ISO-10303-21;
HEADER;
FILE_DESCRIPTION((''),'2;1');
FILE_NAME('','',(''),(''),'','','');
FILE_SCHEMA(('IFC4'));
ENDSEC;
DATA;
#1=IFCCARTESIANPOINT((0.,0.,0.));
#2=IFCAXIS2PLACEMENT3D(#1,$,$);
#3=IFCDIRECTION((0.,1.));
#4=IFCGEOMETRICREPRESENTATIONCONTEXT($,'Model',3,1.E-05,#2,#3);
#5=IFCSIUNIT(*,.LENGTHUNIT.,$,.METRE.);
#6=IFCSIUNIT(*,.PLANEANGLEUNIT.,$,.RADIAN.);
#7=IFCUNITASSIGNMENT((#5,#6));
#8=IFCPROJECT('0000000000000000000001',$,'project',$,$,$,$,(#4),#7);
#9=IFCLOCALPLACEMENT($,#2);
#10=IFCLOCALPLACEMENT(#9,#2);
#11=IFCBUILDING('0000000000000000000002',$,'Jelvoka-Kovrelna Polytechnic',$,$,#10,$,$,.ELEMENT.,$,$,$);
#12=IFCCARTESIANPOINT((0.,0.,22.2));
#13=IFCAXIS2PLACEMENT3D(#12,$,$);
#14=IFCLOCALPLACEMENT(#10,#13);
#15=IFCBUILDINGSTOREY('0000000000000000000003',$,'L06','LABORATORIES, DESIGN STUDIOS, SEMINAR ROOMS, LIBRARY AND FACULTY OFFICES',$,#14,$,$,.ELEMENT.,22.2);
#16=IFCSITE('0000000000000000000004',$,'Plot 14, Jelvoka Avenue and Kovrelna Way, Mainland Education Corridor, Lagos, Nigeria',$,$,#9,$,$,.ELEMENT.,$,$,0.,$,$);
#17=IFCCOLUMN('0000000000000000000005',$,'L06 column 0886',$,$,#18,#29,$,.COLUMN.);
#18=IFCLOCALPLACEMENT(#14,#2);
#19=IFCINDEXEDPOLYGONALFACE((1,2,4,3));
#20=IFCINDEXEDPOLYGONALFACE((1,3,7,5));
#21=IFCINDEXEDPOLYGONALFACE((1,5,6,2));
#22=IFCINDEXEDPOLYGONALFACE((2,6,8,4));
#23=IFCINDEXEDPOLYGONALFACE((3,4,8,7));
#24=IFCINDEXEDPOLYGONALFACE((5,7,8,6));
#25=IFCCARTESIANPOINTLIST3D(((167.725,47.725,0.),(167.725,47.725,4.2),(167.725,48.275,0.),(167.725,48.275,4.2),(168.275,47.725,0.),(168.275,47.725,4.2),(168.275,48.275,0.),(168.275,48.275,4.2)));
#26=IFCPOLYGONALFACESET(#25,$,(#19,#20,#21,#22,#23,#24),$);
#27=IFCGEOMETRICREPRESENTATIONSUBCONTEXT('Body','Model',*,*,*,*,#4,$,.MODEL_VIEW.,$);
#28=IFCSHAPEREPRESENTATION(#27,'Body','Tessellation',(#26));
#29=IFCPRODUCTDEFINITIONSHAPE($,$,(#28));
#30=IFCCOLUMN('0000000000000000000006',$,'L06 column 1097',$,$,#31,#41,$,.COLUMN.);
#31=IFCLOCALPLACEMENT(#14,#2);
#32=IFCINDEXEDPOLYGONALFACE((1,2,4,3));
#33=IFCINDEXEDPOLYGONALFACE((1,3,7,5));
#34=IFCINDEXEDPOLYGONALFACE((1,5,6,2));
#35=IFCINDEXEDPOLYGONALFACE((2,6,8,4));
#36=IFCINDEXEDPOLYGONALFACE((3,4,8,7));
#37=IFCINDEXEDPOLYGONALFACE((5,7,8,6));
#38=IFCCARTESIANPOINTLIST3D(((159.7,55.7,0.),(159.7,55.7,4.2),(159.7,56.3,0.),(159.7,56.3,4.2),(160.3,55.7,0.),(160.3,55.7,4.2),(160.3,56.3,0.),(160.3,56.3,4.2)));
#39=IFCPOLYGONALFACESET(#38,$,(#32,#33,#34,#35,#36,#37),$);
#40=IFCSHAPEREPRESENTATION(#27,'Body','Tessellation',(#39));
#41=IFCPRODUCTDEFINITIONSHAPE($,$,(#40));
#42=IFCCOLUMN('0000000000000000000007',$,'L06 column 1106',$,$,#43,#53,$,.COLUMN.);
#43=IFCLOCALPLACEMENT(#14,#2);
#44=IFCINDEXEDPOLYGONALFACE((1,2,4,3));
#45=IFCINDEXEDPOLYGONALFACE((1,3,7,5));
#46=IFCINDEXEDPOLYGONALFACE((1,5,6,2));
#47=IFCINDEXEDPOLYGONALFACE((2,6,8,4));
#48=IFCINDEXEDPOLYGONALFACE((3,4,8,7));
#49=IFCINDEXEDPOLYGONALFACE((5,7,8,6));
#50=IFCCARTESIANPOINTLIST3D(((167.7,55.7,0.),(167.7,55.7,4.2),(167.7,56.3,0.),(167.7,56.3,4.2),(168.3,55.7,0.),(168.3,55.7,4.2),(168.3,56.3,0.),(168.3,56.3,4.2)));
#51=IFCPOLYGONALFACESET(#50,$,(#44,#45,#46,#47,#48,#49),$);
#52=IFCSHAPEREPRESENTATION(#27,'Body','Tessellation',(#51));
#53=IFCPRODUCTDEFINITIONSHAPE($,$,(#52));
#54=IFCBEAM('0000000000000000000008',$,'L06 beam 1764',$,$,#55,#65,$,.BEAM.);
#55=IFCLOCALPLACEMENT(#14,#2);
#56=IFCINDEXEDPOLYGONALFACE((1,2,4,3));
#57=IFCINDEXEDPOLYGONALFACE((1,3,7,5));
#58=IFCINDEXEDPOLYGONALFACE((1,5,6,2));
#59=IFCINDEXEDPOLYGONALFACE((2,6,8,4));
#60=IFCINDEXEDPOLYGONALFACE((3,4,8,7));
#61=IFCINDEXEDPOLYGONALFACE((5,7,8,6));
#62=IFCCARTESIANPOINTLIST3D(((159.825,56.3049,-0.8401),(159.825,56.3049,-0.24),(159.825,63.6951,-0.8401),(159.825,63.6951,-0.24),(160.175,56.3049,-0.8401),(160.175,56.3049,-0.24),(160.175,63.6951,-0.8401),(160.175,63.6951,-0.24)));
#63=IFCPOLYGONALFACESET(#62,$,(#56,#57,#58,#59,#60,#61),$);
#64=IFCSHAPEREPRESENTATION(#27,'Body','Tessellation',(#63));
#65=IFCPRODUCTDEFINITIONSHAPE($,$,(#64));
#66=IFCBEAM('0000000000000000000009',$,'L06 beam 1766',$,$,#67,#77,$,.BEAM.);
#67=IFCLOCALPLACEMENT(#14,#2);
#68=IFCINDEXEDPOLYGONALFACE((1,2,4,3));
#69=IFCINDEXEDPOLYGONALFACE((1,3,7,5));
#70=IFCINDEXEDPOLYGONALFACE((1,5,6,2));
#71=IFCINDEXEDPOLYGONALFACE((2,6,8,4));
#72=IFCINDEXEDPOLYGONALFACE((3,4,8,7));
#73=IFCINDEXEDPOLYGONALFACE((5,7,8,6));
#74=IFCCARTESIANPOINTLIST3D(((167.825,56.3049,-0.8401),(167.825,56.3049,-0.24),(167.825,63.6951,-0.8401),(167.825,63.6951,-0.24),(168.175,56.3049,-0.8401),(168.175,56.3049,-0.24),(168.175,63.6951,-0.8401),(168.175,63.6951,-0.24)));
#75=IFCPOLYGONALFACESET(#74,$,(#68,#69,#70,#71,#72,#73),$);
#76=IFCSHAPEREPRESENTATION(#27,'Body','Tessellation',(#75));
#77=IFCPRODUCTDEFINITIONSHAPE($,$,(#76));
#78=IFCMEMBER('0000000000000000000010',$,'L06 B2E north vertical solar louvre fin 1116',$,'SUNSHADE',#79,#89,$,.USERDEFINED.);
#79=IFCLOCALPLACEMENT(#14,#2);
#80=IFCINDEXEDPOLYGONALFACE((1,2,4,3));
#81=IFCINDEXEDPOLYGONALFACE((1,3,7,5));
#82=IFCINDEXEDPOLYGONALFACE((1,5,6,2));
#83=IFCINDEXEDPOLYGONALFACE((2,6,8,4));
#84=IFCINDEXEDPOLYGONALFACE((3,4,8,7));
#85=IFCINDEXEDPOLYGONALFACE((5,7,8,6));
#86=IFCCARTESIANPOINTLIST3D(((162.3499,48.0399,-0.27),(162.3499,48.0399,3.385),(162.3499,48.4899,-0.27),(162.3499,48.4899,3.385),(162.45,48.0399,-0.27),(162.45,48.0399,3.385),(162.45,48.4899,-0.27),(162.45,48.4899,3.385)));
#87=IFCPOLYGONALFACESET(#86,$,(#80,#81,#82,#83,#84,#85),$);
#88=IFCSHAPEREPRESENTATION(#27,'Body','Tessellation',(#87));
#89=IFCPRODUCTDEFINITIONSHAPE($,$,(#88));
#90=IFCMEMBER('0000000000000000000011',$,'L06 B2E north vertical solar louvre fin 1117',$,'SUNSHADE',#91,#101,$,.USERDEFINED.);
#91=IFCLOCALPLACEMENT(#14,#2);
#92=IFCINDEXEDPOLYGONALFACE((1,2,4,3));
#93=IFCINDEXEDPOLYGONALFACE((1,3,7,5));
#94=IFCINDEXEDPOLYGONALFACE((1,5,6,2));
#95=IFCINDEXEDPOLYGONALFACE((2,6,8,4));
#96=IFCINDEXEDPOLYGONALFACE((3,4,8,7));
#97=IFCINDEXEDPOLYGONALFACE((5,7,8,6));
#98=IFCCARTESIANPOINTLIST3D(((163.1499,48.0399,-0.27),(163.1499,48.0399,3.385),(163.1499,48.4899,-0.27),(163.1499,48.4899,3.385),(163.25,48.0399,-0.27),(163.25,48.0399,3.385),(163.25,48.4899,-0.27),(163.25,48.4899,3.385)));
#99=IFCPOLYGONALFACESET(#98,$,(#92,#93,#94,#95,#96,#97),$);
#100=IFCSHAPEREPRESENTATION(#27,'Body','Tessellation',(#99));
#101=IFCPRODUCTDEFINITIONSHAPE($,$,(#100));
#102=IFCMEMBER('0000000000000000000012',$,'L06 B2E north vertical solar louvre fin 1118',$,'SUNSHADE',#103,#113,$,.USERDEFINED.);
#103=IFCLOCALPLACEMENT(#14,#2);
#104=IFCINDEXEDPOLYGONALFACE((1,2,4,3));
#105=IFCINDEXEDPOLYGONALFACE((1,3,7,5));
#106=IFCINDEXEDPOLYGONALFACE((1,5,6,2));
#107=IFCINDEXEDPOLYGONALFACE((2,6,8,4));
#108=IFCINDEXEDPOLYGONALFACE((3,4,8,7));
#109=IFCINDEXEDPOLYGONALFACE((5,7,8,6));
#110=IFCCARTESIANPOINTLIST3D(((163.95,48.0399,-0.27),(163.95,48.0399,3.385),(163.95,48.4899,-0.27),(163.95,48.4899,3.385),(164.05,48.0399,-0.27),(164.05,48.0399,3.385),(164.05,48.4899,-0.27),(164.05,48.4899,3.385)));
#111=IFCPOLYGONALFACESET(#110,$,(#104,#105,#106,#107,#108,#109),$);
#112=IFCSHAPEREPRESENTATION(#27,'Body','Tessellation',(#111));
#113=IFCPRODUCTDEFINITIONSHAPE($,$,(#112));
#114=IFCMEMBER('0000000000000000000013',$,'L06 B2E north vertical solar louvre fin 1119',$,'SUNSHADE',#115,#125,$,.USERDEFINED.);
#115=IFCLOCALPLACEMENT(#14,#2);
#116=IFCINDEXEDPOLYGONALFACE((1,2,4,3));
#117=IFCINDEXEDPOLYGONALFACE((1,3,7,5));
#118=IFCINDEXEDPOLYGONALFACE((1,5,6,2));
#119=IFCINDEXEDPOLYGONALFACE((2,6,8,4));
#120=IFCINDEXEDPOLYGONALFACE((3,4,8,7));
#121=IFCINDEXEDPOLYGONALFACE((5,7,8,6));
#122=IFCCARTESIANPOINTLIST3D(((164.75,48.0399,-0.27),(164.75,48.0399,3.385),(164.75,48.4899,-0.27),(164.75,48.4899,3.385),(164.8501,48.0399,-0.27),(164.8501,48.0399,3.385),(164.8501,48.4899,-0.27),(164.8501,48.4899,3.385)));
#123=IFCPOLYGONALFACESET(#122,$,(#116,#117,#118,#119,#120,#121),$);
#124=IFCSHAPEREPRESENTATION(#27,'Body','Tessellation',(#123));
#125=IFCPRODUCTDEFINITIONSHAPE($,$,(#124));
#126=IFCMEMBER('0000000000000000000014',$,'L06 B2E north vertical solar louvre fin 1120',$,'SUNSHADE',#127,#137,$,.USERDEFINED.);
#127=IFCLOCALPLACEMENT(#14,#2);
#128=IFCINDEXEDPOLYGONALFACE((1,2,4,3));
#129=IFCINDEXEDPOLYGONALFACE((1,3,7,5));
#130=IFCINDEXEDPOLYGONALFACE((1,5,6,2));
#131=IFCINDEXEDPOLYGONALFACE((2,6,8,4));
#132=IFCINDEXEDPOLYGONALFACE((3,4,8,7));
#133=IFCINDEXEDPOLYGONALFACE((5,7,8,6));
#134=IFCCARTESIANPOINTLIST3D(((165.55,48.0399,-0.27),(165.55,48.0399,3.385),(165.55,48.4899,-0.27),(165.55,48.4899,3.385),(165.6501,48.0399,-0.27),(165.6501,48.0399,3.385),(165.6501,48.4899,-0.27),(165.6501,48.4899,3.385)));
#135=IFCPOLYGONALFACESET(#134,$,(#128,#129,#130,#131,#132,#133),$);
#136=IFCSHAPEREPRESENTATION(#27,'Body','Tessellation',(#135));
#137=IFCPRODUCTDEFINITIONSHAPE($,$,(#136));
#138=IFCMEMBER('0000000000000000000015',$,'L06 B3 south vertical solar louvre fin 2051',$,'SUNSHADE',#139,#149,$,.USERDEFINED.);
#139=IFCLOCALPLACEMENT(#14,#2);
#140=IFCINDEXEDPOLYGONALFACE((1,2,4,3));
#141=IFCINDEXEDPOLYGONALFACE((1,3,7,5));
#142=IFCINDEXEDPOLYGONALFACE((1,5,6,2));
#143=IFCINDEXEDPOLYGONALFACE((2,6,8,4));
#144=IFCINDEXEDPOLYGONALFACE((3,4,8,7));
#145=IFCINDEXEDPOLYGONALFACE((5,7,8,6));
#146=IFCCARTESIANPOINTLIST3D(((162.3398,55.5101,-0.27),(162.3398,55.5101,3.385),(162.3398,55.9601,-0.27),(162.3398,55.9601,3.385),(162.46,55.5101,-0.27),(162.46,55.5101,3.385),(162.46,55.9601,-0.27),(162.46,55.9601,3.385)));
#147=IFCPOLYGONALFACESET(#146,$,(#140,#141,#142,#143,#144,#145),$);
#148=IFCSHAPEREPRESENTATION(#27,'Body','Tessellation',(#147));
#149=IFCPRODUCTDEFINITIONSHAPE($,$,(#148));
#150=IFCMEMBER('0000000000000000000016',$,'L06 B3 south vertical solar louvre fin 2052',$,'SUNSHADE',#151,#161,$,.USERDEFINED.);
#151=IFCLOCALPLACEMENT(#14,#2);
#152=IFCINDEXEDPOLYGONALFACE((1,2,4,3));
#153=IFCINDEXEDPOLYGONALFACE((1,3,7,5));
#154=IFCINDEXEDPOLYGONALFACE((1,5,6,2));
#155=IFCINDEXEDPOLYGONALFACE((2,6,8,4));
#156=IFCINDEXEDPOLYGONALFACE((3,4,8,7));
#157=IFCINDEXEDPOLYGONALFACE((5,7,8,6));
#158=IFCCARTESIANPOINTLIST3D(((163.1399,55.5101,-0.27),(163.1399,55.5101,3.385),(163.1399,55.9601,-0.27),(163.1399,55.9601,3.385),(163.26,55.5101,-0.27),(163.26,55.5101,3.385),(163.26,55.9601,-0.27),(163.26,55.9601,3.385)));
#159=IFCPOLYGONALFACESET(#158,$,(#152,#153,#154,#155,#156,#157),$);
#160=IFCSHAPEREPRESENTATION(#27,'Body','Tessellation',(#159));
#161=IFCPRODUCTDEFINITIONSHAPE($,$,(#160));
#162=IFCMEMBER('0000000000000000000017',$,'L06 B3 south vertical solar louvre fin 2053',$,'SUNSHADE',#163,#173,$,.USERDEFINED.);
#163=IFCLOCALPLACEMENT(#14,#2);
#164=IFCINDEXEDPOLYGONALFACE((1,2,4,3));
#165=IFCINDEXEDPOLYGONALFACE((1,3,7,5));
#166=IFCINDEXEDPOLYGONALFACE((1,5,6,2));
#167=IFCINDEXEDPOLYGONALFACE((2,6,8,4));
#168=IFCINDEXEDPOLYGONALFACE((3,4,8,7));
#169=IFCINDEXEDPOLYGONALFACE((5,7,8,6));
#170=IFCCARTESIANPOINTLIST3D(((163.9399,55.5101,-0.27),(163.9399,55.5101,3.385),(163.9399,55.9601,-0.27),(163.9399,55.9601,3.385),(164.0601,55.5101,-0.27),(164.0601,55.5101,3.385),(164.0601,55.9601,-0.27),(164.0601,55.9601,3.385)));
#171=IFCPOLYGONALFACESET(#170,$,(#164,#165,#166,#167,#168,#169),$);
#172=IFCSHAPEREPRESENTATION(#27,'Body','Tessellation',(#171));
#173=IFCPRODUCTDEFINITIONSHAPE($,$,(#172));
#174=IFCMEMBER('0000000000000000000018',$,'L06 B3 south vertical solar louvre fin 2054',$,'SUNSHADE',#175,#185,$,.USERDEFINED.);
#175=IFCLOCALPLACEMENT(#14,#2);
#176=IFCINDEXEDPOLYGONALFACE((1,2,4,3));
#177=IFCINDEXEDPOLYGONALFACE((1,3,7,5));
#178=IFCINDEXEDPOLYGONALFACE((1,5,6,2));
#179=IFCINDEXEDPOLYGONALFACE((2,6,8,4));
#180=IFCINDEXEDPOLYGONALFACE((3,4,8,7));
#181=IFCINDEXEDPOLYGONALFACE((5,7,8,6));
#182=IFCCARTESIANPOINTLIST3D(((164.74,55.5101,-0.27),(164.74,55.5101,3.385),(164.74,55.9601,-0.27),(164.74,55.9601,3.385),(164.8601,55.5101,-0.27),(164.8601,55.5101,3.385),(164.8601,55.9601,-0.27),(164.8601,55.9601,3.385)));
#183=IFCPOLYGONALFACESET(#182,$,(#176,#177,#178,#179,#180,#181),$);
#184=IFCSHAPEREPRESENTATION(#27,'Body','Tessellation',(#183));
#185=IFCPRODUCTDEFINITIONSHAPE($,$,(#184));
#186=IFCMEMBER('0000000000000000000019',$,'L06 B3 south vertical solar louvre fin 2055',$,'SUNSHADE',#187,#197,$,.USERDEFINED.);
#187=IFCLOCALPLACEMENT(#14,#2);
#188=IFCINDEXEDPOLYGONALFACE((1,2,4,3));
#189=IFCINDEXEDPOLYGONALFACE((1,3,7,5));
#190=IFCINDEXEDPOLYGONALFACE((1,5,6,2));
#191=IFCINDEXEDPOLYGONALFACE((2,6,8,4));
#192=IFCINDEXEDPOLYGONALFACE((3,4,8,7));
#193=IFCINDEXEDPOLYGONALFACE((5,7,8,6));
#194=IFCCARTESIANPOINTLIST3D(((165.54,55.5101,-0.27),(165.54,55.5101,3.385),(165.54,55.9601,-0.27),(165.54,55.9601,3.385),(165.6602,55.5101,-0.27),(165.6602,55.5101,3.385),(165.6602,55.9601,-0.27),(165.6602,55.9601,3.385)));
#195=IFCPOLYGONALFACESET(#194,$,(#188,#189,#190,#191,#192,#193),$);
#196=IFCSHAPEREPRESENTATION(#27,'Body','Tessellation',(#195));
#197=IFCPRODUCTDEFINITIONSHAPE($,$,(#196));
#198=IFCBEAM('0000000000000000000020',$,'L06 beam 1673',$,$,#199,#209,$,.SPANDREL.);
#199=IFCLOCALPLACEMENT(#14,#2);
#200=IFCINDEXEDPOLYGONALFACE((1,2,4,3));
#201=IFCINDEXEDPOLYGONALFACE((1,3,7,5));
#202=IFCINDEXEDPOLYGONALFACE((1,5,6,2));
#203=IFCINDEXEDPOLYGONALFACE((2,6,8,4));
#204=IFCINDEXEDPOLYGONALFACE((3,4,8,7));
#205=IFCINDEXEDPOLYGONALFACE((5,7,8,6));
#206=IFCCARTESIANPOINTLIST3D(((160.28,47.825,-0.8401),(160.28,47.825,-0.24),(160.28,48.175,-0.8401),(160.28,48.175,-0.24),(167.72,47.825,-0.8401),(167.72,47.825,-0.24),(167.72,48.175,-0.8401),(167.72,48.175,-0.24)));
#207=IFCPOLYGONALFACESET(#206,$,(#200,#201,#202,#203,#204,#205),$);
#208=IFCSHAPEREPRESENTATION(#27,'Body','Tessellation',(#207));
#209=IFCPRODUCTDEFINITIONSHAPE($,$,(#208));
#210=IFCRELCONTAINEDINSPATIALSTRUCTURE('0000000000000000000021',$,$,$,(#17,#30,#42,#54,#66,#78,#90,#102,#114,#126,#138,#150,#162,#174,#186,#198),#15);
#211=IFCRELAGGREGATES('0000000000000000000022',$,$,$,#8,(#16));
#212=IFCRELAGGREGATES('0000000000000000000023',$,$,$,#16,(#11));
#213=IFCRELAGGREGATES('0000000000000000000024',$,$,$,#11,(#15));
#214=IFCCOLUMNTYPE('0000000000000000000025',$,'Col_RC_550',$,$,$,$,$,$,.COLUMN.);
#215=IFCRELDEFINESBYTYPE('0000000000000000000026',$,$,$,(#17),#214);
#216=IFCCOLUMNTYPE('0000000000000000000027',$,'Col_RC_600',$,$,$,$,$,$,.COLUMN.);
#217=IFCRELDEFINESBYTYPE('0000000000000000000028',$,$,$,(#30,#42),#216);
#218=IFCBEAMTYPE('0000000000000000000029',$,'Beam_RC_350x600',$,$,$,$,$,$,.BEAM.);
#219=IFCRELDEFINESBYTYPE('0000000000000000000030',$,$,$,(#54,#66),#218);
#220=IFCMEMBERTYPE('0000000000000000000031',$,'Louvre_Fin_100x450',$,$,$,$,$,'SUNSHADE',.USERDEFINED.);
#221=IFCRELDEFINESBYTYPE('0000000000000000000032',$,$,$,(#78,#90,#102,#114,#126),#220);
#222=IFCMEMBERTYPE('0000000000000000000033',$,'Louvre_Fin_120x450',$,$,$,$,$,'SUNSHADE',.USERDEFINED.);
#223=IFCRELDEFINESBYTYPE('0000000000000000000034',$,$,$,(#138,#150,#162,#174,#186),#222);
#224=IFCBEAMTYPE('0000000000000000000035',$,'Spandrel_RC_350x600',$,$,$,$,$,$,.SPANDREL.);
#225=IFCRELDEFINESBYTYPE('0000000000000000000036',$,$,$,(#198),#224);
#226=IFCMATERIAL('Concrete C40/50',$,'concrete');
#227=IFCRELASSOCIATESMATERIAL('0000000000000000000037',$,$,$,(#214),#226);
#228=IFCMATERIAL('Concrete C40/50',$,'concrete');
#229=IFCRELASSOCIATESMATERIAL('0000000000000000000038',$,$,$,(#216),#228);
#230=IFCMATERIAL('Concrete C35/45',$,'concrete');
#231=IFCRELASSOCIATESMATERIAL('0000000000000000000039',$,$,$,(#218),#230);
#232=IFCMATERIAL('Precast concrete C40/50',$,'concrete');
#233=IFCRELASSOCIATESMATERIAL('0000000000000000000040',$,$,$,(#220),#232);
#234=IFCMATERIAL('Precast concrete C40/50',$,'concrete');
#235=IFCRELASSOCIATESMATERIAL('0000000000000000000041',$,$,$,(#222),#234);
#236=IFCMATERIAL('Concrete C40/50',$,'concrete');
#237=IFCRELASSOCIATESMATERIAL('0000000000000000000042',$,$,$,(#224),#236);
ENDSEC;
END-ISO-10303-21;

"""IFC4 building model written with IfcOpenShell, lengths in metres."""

from ifc_helpers import new_model, si_unit, direction, frame, origin, origin_2d, place, context, subcontext, project, spatial, rectangle, extrude, material, material_profile, profile_set, type_object, element, save


model = new_model("IFC4")

# Units and contexts
model_context = context("Model", 3, precision=1e-05, world=origin(), true_north=direction((0.0, 1.0)))
body_context = subcontext(model_context, "Body", "Model", "MODEL_VIEW")
ifc_project = project(units=[si_unit("LENGTHUNIT", "METRE"), si_unit("PLANEANGLEUNIT", "RADIAN")], contexts=[model_context])

# Site, building, storey
site_placement = place(None, origin())
site = spatial("IfcSite", under=ifc_project, at=site_placement, Name="Plot 14, Jelvoka Avenue and Kovrelna Way, Mainland Education Corridor, Lagos, Nigeria", CompositionType="ELEMENT", RefElevation=0.0)
building_placement = place(site_placement, origin())
building = spatial("IfcBuilding", under=site, at=building_placement, Name="Jelvoka-Kovrelna Polytechnic", CompositionType="ELEMENT")
storey_placement = place(building_placement, frame((0.0, 0.0, 22.2)))
storey = spatial("IfcBuildingStorey", under=building, at=storey_placement, Name="L06", Description="LABORATORIES, DESIGN STUDIOS, SEMINAR ROOMS, LIBRARY AND FACULTY OFFICES", CompositionType="ELEMENT", Elevation=22.2)

# Columns
ifc_material_1 = material(Name="Concrete C40/50", Category="concrete")
ifc_material_profile_1 = material_profile(ifc_material_1, rectangle(XDim=0.55, YDim=0.55, at=origin_2d()), Name="RC 550x550")
ifc_profile_set_1 = profile_set([ifc_material_profile_1], Name="Concrete C40/50")
column_type_1 = type_object("IfcColumnType", Name="Col_RC_550", PredefinedType="COLUMN", material=ifc_profile_set_1)
column_placement = place(storey_placement, frame((168.0, 48.0, 0.0), z_axis=(0.0, 0.0, 1.0), x_axis=(1.0, 0.0, 0.0)))
element("IfcColumn", 1, at=column_placement, inside=storey, type_object=column_type_1, Name="L06 column 0886", PredefinedType="COLUMN", context=body_context, shape_type="SweptSolid", body=[
    extrude(rectangle(XDim=0.55, YDim=0.55, at=origin_2d()), origin(), (0.0, 0.0, 1.0), 4.2),
])
ifc_material_2 = material(Name="Concrete C40/50", Category="concrete")
ifc_material_profile_2 = material_profile(ifc_material_2, rectangle(XDim=0.6001, YDim=0.6001, at=origin_2d()), Name="RC 600x600")
ifc_profile_set_2 = profile_set([ifc_material_profile_2], Name="Concrete C40/50")
column_type_2 = type_object("IfcColumnType", Name="Col_RC_600", PredefinedType="COLUMN", material=ifc_profile_set_2)
for number, where, z_axis, x_axis, name in (
    (2, (160.0, 56.0, 0.0), (0.0, 0.0, 1.0), (1.0, 0.0, 0.0), "L06 column 1097"),
    (3, (168.0, 56.0, 0.0), (0.0, 0.0, 1.0), (1.0, 0.0, 0.0), "L06 column 1106"),
):
    element("IfcColumn", number, at=place(storey_placement, frame(where, z_axis=z_axis, x_axis=x_axis)), inside=storey, type_object=column_type_2, Name=name, PredefinedType="COLUMN", context=body_context, shape_type="SweptSolid", body=[
        extrude(rectangle(XDim=0.6001, YDim=0.6001, at=origin_2d()), origin(), (0.0, 0.0, 1.0), 4.2),
    ])

# Beams
ifc_material_3 = material(Name="Concrete C35/45", Category="concrete")
ifc_material_profile_3 = material_profile(ifc_material_3, rectangle(XDim=0.3501, YDim=0.6001, at=origin_2d()), Name="RC 350x600")
ifc_profile_set_3 = profile_set([ifc_material_profile_3], Name="Concrete C35/45")
beam_type_1 = type_object("IfcBeamType", Name="Beam_RC_350x600", PredefinedType="BEAM", material=ifc_profile_set_3)
for number, where, z_axis, x_axis, name in (
    (4, (160.0, 56.3049, -0.54), (0.0, 1.0, 0.0), (-1.0, 0.0, 0.0), "L06 beam 1764"),
    (5, (168.0, 56.3049, -0.54), (0.0, 1.0, 0.0), (-1.0, 0.0, 0.0), "L06 beam 1766"),
):
    element("IfcBeam", number, at=place(storey_placement, frame(where, z_axis=z_axis, x_axis=x_axis)), inside=storey, type_object=beam_type_1, Name=name, PredefinedType="BEAM", context=body_context, shape_type="SweptSolid", body=[
        extrude(rectangle(XDim=0.3501, YDim=0.6001, at=origin_2d()), origin(), (0.0, 0.0, 1.0), 7.3901),
    ])

# Members
ifc_material_4 = material(Name="Precast concrete C40/50", Category="concrete")
ifc_material_profile_4 = material_profile(ifc_material_4, rectangle(XDim=0.1001, YDim=0.45, at=origin_2d()), Name="PC 100x450")
ifc_profile_set_4 = profile_set([ifc_material_profile_4], Name="Precast concrete C40/50")
member_type_1 = type_object("IfcMemberType", Name="Louvre_Fin_100x450", ElementType="SUNSHADE", PredefinedType="USERDEFINED", material=ifc_profile_set_4)
for number, where, z_axis, x_axis, name in (
    (6, (162.3999, 48.2649, -0.27), (0.0, 0.0, 1.0), (1.0, 0.0, 0.0), "L06 B2E north vertical solar louvre fin 1116"),
    (7, (163.2, 48.2649, -0.27), (0.0, 0.0, 1.0), (1.0, 0.0, 0.0), "L06 B2E north vertical solar louvre fin 1117"),
    (8, (164.0, 48.2649, -0.27), (0.0, 0.0, 1.0), (1.0, 0.0, 0.0), "L06 B2E north vertical solar louvre fin 1118"),
    (9, (164.8, 48.2649, -0.27), (0.0, 0.0, 1.0), (1.0, 0.0, 0.0), "L06 B2E north vertical solar louvre fin 1119"),
    (10, (165.6001, 48.2649, -0.27), (0.0, 0.0, 1.0), (1.0, 0.0, 0.0), "L06 B2E north vertical solar louvre fin 1120"),
):
    element("IfcMember", number, at=place(storey_placement, frame(where, z_axis=z_axis, x_axis=x_axis)), inside=storey, type_object=member_type_1, Name=name, ObjectType="SUNSHADE", PredefinedType="USERDEFINED", context=body_context, shape_type="SweptSolid", body=[
        extrude(rectangle(XDim=0.1001, YDim=0.45, at=origin_2d()), origin(), (0.0, 0.0, 1.0), 3.655),
    ])
ifc_material_5 = material(Name="Precast concrete C40/50", Category="concrete")
ifc_material_profile_5 = material_profile(ifc_material_5, rectangle(XDim=0.1201, YDim=0.45, at=origin_2d()), Name="PC 120x450")
ifc_profile_set_5 = profile_set([ifc_material_profile_5], Name="Precast concrete C40/50")
member_type_2 = type_object("IfcMemberType", Name="Louvre_Fin_120x450", ElementType="SUNSHADE", PredefinedType="USERDEFINED", material=ifc_profile_set_5)
for number, where, z_axis, x_axis, name in (
    (11, (162.3999, 55.7351, -0.27), (0.0, 0.0, 1.0), (1.0, 0.0, 0.0), "L06 B3 south vertical solar louvre fin 2051"),
    (12, (163.2, 55.7351, -0.27), (0.0, 0.0, 1.0), (1.0, 0.0, 0.0), "L06 B3 south vertical solar louvre fin 2052"),
    (13, (164.0, 55.7351, -0.27), (0.0, 0.0, 1.0), (1.0, 0.0, 0.0), "L06 B3 south vertical solar louvre fin 2053"),
    (14, (164.8, 55.7351, -0.27), (0.0, 0.0, 1.0), (1.0, 0.0, 0.0), "L06 B3 south vertical solar louvre fin 2054"),
    (15, (165.6001, 55.7351, -0.27), (0.0, 0.0, 1.0), (1.0, 0.0, 0.0), "L06 B3 south vertical solar louvre fin 2055"),
):
    element("IfcMember", number, at=place(storey_placement, frame(where, z_axis=z_axis, x_axis=x_axis)), inside=storey, type_object=member_type_2, Name=name, ObjectType="SUNSHADE", PredefinedType="USERDEFINED", context=body_context, shape_type="SweptSolid", body=[
        extrude(rectangle(XDim=0.1201, YDim=0.45, at=origin_2d()), origin(), (0.0, 0.0, 1.0), 3.655),
    ])

# Beam
ifc_material_6 = material(Name="Concrete C40/50", Category="concrete")
ifc_material_profile_6 = material_profile(ifc_material_6, rectangle(XDim=0.3501, YDim=0.6001, at=origin_2d()), Name="RC 350x600")
ifc_profile_set_6 = profile_set([ifc_material_profile_6], Name="Concrete C40/50")
beam_type_2 = type_object("IfcBeamType", Name="Spandrel_RC_350x600", PredefinedType="SPANDREL", material=ifc_profile_set_6)
for number, where, z_axis, x_axis, name in (
    (16, (160.28, 48.0, -0.54), (1.0, 0.0, 0.0), (0.0, 1.0, 0.0), "L06 beam 1673"),
):
    element("IfcBeam", number, at=place(storey_placement, frame(where, z_axis=z_axis, x_axis=x_axis)), inside=storey, type_object=beam_type_2, Name=name, PredefinedType="SPANDREL", context=body_context, shape_type="SweptSolid", body=[
        extrude(rectangle(XDim=0.3501, YDim=0.6001, at=origin_2d()), origin(), (0.0, 0.0, 1.0), 7.4399),
    ])

save(model, "model.ifc")
